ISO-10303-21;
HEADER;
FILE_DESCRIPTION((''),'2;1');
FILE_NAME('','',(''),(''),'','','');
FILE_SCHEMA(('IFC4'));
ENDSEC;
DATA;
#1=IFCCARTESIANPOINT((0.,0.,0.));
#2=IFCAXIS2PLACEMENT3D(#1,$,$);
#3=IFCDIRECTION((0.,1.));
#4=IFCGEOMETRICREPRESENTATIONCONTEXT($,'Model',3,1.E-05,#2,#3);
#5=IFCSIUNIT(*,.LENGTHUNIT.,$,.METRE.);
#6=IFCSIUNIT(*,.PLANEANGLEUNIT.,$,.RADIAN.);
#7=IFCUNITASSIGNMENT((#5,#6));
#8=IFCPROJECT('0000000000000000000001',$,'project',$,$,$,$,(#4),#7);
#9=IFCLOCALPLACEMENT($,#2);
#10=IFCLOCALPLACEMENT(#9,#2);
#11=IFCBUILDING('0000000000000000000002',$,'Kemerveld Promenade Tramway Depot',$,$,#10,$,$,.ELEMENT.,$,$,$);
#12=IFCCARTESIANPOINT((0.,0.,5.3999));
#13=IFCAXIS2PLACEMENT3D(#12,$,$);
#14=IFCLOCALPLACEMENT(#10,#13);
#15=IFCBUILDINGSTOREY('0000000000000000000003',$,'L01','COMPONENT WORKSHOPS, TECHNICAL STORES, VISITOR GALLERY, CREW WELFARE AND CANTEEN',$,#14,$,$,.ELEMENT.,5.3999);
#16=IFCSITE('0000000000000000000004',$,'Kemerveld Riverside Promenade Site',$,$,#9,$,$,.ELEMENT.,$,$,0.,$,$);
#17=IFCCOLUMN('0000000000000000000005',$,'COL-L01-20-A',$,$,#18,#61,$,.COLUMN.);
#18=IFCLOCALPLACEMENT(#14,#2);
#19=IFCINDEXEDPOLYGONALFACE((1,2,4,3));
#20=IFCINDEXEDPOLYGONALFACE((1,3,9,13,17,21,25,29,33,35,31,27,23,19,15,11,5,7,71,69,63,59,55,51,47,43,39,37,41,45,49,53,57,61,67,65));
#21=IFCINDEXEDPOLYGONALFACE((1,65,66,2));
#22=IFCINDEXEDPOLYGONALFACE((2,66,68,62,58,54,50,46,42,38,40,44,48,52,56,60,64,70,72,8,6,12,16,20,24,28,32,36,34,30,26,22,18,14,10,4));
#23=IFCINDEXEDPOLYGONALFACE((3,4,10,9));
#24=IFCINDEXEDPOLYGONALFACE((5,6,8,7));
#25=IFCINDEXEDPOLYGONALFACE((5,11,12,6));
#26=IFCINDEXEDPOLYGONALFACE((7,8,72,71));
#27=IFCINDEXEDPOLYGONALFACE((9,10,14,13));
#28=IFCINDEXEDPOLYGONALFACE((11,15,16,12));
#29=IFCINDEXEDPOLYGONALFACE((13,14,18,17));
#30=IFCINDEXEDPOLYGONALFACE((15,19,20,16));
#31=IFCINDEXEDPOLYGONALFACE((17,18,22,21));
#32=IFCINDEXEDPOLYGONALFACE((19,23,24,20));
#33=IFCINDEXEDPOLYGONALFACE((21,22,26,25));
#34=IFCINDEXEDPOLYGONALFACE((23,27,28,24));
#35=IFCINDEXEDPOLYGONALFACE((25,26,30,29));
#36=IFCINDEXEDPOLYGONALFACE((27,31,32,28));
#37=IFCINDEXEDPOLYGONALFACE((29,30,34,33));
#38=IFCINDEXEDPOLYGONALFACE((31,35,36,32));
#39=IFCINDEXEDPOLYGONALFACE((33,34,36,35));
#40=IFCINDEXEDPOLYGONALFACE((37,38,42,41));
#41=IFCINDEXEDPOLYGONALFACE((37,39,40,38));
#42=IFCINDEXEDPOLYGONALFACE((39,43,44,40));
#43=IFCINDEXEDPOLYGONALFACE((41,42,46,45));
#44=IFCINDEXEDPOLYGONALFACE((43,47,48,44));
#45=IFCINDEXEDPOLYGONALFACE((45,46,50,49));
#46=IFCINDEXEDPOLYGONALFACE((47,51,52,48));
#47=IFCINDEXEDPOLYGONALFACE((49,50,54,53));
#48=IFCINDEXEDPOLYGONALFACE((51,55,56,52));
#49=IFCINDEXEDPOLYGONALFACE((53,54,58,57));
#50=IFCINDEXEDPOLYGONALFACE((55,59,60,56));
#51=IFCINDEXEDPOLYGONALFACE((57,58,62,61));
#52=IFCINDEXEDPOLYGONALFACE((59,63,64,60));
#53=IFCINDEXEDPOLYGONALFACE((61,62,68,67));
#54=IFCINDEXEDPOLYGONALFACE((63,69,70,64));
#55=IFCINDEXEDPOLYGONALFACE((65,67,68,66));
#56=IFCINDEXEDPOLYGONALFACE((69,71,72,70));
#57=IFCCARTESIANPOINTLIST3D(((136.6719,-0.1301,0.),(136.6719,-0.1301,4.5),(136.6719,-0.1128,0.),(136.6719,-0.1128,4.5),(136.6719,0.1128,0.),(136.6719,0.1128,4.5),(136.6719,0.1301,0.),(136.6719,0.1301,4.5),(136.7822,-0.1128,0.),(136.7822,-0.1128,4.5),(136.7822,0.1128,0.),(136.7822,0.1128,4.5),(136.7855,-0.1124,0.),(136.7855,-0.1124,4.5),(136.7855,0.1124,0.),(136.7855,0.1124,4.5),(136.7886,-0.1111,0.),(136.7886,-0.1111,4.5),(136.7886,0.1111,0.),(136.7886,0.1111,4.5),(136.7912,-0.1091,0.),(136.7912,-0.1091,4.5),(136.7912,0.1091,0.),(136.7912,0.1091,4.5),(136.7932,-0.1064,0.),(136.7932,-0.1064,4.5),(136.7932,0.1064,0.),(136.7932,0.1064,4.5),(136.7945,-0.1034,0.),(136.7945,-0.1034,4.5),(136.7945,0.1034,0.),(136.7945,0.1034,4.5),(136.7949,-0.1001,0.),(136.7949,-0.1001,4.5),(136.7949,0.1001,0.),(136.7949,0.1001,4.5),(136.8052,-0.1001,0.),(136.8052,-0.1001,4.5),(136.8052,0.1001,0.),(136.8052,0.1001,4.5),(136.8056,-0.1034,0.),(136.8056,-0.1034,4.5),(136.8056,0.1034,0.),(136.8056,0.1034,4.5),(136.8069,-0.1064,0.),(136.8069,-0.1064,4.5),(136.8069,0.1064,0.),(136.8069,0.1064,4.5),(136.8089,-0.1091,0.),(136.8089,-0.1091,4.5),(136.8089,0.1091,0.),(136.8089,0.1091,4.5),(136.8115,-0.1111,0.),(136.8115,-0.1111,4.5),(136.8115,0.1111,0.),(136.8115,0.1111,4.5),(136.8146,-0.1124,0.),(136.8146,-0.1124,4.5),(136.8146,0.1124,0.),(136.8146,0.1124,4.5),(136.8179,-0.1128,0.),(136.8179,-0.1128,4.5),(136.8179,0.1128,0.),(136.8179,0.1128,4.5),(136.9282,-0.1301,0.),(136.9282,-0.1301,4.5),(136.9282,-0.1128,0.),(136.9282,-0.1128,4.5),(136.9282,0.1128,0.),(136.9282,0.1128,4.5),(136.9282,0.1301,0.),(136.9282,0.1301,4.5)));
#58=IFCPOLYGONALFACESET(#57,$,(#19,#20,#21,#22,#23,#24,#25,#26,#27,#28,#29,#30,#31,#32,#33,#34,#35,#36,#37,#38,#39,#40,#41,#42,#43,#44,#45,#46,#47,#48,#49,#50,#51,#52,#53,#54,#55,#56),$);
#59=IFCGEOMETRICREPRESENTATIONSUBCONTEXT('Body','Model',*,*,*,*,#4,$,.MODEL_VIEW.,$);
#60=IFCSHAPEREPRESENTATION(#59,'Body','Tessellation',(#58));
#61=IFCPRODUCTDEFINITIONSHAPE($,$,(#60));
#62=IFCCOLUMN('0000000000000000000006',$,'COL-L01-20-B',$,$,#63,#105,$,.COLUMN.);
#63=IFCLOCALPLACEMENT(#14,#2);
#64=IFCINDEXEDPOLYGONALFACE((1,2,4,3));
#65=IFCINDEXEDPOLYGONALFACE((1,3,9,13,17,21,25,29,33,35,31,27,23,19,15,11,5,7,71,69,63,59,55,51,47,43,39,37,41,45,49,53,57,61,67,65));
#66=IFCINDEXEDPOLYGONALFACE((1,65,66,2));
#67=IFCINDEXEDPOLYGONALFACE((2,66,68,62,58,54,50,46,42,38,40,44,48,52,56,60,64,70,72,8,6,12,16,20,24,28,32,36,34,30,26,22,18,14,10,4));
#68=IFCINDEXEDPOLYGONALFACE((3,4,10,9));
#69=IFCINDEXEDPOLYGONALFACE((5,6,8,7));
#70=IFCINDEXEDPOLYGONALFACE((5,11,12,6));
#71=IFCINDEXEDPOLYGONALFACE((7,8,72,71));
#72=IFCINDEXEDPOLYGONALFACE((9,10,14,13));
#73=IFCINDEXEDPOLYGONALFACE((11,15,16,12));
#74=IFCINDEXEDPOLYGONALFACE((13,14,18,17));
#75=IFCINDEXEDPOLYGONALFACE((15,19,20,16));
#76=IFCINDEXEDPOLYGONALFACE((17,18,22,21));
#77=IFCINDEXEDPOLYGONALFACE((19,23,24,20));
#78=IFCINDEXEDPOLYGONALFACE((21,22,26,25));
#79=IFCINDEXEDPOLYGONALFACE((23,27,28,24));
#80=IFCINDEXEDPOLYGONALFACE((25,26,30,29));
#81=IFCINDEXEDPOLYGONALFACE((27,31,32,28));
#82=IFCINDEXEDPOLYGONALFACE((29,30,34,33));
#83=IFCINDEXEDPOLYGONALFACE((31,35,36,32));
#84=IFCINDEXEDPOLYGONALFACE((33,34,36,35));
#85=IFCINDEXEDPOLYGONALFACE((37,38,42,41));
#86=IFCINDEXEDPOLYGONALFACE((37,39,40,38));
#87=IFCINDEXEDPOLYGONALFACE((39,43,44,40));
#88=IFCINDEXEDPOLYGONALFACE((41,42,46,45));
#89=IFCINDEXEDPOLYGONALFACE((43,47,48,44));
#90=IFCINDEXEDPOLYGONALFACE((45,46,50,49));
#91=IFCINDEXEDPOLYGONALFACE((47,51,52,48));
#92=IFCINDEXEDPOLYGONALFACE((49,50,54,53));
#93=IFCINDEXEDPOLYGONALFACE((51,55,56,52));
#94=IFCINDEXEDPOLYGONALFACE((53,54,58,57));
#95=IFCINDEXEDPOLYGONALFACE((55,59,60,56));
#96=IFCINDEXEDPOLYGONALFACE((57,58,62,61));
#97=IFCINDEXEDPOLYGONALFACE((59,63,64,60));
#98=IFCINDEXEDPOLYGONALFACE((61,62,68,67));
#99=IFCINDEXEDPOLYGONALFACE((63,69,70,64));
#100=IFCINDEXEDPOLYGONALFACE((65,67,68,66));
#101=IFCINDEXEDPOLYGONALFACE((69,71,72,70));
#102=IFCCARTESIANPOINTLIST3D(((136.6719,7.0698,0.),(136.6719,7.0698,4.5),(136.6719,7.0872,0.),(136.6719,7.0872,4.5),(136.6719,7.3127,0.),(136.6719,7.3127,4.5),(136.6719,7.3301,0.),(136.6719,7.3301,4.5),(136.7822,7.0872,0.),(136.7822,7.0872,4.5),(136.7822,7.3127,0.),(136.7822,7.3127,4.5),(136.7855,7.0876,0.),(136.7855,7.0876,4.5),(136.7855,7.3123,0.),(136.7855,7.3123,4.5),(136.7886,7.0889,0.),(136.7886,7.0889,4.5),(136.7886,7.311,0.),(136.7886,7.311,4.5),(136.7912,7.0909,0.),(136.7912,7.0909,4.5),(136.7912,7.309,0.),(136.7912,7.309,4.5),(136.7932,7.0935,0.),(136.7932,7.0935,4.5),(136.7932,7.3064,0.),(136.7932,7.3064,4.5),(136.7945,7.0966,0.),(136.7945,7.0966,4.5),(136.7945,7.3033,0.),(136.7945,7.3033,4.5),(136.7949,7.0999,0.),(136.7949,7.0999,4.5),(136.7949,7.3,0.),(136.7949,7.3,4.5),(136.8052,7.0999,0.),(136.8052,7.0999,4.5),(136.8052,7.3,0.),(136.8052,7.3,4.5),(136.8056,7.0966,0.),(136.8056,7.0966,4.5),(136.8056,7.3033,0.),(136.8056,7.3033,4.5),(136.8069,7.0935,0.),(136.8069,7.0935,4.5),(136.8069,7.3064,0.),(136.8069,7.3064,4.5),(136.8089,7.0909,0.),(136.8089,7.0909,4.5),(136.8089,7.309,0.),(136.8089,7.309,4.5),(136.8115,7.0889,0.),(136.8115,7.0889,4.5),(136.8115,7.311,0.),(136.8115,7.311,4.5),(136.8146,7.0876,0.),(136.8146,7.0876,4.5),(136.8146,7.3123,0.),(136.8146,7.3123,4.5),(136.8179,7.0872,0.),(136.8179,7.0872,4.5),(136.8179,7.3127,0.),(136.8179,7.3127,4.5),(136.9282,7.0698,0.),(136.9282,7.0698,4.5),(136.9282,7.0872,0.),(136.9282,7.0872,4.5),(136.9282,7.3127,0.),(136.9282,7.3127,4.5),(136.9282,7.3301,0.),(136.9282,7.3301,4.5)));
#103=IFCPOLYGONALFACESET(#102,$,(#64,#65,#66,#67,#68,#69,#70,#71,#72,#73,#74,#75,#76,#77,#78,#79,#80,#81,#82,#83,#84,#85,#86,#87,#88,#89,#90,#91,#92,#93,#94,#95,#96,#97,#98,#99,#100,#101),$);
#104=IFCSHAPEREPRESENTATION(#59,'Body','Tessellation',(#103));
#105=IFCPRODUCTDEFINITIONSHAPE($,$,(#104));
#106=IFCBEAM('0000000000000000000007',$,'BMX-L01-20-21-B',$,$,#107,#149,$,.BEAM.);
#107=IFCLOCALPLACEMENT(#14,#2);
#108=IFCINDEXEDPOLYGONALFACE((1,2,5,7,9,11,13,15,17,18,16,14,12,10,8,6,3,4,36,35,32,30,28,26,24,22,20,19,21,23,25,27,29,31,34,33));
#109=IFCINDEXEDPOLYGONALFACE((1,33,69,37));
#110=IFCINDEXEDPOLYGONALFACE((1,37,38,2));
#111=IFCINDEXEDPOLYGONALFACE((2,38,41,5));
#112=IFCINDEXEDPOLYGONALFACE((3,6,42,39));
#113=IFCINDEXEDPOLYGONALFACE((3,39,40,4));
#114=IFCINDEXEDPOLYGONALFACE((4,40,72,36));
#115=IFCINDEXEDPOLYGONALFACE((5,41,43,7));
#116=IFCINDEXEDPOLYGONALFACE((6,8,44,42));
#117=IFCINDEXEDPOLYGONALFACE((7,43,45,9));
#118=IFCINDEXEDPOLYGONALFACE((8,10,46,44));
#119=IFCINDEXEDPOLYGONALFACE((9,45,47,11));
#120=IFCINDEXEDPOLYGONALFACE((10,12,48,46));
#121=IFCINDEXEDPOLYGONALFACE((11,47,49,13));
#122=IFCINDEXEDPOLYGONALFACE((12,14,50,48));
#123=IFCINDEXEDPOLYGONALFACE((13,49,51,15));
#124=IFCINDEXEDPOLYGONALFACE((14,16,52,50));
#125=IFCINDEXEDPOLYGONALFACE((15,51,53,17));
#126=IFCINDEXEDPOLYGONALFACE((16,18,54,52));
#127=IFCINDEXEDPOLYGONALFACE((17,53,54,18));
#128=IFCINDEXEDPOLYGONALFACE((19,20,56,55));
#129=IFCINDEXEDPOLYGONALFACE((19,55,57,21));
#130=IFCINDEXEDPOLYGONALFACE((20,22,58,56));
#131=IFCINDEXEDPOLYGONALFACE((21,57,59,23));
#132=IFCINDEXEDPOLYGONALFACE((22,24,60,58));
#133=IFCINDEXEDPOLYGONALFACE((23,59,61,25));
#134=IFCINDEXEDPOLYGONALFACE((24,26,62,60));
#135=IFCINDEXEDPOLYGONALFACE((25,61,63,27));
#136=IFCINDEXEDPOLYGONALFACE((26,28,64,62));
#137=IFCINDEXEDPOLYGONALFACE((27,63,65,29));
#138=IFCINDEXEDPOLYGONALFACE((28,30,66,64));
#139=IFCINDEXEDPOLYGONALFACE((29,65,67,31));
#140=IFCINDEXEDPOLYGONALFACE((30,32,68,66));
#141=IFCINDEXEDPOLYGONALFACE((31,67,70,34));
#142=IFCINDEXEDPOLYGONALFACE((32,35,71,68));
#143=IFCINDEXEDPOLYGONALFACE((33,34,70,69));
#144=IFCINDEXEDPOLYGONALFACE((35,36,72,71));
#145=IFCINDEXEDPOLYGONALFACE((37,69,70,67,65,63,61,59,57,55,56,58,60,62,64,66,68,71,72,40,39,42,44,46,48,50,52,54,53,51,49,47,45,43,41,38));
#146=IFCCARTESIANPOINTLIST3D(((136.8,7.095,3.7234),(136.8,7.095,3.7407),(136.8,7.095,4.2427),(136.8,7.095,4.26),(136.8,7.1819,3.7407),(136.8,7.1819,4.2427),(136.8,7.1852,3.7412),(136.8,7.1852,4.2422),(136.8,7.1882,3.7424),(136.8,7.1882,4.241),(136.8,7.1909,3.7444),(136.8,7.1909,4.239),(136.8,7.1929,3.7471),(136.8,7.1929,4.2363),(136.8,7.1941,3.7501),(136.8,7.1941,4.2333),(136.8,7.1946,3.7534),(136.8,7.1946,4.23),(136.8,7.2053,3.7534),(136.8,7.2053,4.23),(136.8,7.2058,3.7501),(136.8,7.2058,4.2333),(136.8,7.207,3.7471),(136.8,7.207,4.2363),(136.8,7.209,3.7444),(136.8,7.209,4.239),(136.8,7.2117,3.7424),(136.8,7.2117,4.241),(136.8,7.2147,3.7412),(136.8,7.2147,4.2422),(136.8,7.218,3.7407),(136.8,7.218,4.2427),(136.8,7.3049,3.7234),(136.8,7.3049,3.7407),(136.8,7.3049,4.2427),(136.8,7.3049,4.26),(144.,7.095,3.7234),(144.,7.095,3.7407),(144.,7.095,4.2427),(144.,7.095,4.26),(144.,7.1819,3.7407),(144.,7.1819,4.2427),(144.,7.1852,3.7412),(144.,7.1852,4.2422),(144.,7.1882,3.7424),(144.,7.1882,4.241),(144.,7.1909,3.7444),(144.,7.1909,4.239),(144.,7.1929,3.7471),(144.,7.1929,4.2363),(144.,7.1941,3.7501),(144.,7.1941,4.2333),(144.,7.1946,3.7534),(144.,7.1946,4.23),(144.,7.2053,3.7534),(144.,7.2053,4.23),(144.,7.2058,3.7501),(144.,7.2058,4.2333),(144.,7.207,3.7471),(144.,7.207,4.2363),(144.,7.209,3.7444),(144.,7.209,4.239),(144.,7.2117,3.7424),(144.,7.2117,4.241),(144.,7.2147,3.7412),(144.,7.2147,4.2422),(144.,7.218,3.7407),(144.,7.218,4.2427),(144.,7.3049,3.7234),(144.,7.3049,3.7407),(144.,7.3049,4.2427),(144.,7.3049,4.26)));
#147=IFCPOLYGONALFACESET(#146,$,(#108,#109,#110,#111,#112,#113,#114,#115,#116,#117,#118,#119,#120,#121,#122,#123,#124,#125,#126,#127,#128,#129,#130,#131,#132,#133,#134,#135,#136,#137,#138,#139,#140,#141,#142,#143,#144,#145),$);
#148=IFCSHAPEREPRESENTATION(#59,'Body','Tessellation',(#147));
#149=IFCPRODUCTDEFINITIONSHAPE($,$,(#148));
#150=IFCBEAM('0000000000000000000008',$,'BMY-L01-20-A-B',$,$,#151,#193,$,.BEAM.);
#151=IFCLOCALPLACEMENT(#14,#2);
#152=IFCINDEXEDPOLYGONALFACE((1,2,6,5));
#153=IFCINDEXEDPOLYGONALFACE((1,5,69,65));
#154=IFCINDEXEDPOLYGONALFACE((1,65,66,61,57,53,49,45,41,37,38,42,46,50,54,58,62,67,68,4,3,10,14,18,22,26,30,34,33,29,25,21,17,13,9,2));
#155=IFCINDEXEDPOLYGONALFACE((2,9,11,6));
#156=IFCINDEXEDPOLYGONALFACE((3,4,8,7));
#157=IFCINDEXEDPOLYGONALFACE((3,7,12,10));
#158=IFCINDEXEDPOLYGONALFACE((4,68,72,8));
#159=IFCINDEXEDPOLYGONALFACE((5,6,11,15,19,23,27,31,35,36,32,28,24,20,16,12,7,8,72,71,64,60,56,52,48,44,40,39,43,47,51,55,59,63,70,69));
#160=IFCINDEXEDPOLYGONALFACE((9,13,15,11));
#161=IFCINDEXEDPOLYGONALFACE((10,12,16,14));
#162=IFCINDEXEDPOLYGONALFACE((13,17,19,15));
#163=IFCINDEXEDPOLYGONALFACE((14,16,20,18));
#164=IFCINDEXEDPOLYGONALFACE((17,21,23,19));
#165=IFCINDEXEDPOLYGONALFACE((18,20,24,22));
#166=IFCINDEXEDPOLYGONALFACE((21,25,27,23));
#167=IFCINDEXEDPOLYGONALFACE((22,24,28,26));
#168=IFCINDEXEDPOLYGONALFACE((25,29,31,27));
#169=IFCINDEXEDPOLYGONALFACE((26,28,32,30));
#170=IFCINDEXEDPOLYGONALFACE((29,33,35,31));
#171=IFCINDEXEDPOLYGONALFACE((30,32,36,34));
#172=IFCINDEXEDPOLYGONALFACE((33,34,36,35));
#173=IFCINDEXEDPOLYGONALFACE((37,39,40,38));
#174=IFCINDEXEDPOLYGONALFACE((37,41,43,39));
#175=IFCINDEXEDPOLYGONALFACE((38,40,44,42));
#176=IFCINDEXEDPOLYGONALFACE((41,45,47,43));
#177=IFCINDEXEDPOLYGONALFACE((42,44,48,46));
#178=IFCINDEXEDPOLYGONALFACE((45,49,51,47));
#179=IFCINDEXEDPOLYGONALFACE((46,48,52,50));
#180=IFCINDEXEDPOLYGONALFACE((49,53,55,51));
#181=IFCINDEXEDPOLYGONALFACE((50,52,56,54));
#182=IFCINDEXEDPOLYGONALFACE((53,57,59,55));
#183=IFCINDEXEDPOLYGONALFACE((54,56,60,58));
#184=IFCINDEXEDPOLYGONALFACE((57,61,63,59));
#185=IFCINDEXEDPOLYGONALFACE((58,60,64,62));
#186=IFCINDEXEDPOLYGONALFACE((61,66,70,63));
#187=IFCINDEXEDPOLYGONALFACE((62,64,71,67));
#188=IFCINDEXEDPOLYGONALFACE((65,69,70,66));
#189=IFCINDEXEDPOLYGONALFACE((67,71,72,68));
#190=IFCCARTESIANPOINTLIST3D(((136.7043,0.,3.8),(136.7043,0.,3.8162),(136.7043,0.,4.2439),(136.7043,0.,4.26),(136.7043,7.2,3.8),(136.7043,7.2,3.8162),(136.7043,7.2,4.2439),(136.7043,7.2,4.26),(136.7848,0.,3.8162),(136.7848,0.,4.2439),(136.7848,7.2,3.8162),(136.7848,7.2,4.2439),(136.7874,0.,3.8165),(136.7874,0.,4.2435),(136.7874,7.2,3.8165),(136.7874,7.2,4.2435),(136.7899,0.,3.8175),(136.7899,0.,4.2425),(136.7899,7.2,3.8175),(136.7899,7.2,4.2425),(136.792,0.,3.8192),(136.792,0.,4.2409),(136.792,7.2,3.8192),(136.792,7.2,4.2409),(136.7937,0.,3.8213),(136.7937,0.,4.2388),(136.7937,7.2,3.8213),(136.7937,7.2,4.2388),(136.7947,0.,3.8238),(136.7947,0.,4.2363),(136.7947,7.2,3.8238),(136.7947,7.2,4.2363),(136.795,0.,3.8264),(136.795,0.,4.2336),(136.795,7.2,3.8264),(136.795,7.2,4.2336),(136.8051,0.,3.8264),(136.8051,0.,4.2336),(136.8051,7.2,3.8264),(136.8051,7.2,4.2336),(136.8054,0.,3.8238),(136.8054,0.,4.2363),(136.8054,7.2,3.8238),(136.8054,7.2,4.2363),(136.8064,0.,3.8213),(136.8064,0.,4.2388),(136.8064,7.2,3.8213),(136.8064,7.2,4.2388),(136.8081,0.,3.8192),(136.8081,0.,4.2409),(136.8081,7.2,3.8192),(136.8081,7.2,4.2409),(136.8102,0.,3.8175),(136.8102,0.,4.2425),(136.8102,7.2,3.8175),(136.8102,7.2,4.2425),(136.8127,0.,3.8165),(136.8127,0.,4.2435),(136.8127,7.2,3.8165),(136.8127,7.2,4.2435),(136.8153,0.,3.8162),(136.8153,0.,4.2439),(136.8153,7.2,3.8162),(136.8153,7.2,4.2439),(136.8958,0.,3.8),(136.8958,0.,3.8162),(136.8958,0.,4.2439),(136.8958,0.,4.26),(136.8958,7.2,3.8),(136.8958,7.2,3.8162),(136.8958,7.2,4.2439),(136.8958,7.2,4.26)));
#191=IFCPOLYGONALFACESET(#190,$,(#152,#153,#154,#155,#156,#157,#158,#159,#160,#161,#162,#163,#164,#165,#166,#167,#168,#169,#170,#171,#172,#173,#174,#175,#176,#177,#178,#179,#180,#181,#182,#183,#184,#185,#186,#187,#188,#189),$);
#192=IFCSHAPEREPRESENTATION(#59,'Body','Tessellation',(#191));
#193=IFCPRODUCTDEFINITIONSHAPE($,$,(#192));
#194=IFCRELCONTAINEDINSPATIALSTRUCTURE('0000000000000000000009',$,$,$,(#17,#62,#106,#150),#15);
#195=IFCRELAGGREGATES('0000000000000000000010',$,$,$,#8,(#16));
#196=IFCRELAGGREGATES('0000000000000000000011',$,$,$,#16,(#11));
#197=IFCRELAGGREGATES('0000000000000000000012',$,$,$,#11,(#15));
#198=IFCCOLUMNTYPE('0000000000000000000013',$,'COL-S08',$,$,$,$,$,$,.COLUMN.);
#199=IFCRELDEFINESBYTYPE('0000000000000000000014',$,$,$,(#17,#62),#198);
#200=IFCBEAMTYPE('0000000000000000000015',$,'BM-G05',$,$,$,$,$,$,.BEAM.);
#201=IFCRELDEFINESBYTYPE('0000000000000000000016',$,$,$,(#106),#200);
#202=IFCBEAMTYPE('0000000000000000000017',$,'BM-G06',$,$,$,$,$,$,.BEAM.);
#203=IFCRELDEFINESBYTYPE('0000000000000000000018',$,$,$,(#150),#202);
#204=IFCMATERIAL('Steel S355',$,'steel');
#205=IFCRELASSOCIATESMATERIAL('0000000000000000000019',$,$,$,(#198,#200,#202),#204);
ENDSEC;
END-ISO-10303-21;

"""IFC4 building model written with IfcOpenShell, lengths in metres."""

from ifc_helpers import new_model, si_unit, direction, frame, origin, origin_2d, place, context, subcontext, project, spatial, i_section, extrude, material, material_profile, profile_set, type_object, element, save


model = new_model("IFC4")

# Units and contexts
model_context = context("Model", 3, precision=1e-05, world=origin(), true_north=direction((0.0, 1.0)))
body_context = subcontext(model_context, "Body", "Model", "MODEL_VIEW")
ifc_project = project(units=[si_unit("LENGTHUNIT", "METRE"), si_unit("PLANEANGLEUNIT", "RADIAN")], contexts=[model_context])

# Site, building, storey
site_placement = place(None, origin())
site = spatial("IfcSite", under=ifc_project, at=site_placement, Name="Kemerveld Riverside Promenade Site", CompositionType="ELEMENT", RefElevation=0.0)
building_placement = place(site_placement, origin())
building = spatial("IfcBuilding", under=site, at=building_placement, Name="Kemerveld Promenade Tramway Depot", CompositionType="ELEMENT")
storey_placement = place(building_placement, frame((0.0, 0.0, 5.3999)))
storey = spatial("IfcBuildingStorey", under=building, at=storey_placement, Name="L01", Description="COMPONENT WORKSHOPS, TECHNICAL STORES, VISITOR GALLERY, CREW WELFARE AND CANTEEN", CompositionType="ELEMENT", Elevation=5.3999)

# Columns
ifc_material_1 = material(Name="Steel S355", Category="steel")
ifc_material_profile_1 = material_profile(ifc_material_1, i_section(OverallWidth=0.2563, OverallDepth=0.2603, WebThickness=0.0103, FlangeThickness=0.0173, FilletRadius=0.0127, at=origin_2d()), Name="254x254x89 UC")
ifc_profile_set_1 = profile_set([ifc_material_profile_1], Name="Steel S355")
column_type = type_object("IfcColumnType", Name="COL-S08", PredefinedType="COLUMN", material=ifc_profile_set_1)
for number, where, z_axis, x_axis, name in (
    (1, (136.8, 0.0, 0.0), (0.0, 0.0, 1.0), (1.0, 0.0, 0.0), "COL-L01-20-A"),
    (2, (136.8, 7.2, 0.0), (0.0, 0.0, 1.0), (1.0, 0.0, 0.0), "COL-L01-20-B"),
):
    element("IfcColumn", number, at=place(storey_placement, frame(where, z_axis=z_axis, x_axis=x_axis)), inside=storey, type_object=column_type, Name=name, PredefinedType="COLUMN", context=body_context, shape_type="SweptSolid", body=[
        extrude(i_section(OverallWidth=0.2563, OverallDepth=0.2603, WebThickness=0.0103, FlangeThickness=0.0173, FilletRadius=0.0127, at=origin_2d()), origin(), (0.0, 0.0, 1.0), 4.5),
    ])

# Beams
ifc_material_profile_2 = material_profile(ifc_material_1, i_section(OverallWidth=0.21, OverallDepth=0.5366, WebThickness=0.0107, FlangeThickness=0.0173, FilletRadius=0.0127, at=origin_2d()), Name="533x210x101 UB")
ifc_profile_set_2 = profile_set([ifc_material_profile_2], Name="Steel S355")
beam_type_1 = type_object("IfcBeamType", Name="BM-G05", PredefinedType="BEAM", material=ifc_profile_set_2)
beam_1_placement = place(storey_placement, frame((136.8, 7.2, 3.9917), z_axis=(1.0, 0.0, 0.0), x_axis=(0.0, 1.0, 0.0)))
element("IfcBeam", 3, at=beam_1_placement, inside=storey, type_object=beam_type_1, Name="BMX-L01-20-21-B", PredefinedType="BEAM", context=body_context, shape_type="SweptSolid", body=[
    extrude(i_section(OverallWidth=0.21, OverallDepth=0.5366, WebThickness=0.0107, FlangeThickness=0.0173, FilletRadius=0.0127, at=origin_2d()), origin(), (0.0, 0.0, 1.0), 7.2),
])
ifc_material_profile_3 = material_profile(ifc_material_1, i_section(OverallWidth=0.1914, OverallDepth=0.46, WebThickness=0.01, FlangeThickness=0.0161, FilletRadius=0.0103, at=origin_2d()), Name="457x191x82 UB")
ifc_profile_set_3 = profile_set([ifc_material_profile_3], Name="Steel S355")
beam_type_2 = type_object("IfcBeamType", Name="BM-G06", PredefinedType="BEAM", material=ifc_profile_set_3)
for number, where, z_axis, x_axis, name in (
    (4, (136.8, 0.0, 4.03), (0.0, 1.0, 0.0), (-1.0, 0.0, 0.0), "BMY-L01-20-A-B"),
):
    element("IfcBeam", number, at=place(storey_placement, frame(where, z_axis=z_axis, x_axis=x_axis)), inside=storey, type_object=beam_type_2, Name=name, PredefinedType="BEAM", context=body_context, shape_type="SweptSolid", body=[
        extrude(i_section(OverallWidth=0.1914, OverallDepth=0.46, WebThickness=0.01, FlangeThickness=0.0161, FilletRadius=0.0103, at=origin_2d()), origin(), (0.0, 0.0, 1.0), 7.2),
    ])

save(model, "model.ifc")
